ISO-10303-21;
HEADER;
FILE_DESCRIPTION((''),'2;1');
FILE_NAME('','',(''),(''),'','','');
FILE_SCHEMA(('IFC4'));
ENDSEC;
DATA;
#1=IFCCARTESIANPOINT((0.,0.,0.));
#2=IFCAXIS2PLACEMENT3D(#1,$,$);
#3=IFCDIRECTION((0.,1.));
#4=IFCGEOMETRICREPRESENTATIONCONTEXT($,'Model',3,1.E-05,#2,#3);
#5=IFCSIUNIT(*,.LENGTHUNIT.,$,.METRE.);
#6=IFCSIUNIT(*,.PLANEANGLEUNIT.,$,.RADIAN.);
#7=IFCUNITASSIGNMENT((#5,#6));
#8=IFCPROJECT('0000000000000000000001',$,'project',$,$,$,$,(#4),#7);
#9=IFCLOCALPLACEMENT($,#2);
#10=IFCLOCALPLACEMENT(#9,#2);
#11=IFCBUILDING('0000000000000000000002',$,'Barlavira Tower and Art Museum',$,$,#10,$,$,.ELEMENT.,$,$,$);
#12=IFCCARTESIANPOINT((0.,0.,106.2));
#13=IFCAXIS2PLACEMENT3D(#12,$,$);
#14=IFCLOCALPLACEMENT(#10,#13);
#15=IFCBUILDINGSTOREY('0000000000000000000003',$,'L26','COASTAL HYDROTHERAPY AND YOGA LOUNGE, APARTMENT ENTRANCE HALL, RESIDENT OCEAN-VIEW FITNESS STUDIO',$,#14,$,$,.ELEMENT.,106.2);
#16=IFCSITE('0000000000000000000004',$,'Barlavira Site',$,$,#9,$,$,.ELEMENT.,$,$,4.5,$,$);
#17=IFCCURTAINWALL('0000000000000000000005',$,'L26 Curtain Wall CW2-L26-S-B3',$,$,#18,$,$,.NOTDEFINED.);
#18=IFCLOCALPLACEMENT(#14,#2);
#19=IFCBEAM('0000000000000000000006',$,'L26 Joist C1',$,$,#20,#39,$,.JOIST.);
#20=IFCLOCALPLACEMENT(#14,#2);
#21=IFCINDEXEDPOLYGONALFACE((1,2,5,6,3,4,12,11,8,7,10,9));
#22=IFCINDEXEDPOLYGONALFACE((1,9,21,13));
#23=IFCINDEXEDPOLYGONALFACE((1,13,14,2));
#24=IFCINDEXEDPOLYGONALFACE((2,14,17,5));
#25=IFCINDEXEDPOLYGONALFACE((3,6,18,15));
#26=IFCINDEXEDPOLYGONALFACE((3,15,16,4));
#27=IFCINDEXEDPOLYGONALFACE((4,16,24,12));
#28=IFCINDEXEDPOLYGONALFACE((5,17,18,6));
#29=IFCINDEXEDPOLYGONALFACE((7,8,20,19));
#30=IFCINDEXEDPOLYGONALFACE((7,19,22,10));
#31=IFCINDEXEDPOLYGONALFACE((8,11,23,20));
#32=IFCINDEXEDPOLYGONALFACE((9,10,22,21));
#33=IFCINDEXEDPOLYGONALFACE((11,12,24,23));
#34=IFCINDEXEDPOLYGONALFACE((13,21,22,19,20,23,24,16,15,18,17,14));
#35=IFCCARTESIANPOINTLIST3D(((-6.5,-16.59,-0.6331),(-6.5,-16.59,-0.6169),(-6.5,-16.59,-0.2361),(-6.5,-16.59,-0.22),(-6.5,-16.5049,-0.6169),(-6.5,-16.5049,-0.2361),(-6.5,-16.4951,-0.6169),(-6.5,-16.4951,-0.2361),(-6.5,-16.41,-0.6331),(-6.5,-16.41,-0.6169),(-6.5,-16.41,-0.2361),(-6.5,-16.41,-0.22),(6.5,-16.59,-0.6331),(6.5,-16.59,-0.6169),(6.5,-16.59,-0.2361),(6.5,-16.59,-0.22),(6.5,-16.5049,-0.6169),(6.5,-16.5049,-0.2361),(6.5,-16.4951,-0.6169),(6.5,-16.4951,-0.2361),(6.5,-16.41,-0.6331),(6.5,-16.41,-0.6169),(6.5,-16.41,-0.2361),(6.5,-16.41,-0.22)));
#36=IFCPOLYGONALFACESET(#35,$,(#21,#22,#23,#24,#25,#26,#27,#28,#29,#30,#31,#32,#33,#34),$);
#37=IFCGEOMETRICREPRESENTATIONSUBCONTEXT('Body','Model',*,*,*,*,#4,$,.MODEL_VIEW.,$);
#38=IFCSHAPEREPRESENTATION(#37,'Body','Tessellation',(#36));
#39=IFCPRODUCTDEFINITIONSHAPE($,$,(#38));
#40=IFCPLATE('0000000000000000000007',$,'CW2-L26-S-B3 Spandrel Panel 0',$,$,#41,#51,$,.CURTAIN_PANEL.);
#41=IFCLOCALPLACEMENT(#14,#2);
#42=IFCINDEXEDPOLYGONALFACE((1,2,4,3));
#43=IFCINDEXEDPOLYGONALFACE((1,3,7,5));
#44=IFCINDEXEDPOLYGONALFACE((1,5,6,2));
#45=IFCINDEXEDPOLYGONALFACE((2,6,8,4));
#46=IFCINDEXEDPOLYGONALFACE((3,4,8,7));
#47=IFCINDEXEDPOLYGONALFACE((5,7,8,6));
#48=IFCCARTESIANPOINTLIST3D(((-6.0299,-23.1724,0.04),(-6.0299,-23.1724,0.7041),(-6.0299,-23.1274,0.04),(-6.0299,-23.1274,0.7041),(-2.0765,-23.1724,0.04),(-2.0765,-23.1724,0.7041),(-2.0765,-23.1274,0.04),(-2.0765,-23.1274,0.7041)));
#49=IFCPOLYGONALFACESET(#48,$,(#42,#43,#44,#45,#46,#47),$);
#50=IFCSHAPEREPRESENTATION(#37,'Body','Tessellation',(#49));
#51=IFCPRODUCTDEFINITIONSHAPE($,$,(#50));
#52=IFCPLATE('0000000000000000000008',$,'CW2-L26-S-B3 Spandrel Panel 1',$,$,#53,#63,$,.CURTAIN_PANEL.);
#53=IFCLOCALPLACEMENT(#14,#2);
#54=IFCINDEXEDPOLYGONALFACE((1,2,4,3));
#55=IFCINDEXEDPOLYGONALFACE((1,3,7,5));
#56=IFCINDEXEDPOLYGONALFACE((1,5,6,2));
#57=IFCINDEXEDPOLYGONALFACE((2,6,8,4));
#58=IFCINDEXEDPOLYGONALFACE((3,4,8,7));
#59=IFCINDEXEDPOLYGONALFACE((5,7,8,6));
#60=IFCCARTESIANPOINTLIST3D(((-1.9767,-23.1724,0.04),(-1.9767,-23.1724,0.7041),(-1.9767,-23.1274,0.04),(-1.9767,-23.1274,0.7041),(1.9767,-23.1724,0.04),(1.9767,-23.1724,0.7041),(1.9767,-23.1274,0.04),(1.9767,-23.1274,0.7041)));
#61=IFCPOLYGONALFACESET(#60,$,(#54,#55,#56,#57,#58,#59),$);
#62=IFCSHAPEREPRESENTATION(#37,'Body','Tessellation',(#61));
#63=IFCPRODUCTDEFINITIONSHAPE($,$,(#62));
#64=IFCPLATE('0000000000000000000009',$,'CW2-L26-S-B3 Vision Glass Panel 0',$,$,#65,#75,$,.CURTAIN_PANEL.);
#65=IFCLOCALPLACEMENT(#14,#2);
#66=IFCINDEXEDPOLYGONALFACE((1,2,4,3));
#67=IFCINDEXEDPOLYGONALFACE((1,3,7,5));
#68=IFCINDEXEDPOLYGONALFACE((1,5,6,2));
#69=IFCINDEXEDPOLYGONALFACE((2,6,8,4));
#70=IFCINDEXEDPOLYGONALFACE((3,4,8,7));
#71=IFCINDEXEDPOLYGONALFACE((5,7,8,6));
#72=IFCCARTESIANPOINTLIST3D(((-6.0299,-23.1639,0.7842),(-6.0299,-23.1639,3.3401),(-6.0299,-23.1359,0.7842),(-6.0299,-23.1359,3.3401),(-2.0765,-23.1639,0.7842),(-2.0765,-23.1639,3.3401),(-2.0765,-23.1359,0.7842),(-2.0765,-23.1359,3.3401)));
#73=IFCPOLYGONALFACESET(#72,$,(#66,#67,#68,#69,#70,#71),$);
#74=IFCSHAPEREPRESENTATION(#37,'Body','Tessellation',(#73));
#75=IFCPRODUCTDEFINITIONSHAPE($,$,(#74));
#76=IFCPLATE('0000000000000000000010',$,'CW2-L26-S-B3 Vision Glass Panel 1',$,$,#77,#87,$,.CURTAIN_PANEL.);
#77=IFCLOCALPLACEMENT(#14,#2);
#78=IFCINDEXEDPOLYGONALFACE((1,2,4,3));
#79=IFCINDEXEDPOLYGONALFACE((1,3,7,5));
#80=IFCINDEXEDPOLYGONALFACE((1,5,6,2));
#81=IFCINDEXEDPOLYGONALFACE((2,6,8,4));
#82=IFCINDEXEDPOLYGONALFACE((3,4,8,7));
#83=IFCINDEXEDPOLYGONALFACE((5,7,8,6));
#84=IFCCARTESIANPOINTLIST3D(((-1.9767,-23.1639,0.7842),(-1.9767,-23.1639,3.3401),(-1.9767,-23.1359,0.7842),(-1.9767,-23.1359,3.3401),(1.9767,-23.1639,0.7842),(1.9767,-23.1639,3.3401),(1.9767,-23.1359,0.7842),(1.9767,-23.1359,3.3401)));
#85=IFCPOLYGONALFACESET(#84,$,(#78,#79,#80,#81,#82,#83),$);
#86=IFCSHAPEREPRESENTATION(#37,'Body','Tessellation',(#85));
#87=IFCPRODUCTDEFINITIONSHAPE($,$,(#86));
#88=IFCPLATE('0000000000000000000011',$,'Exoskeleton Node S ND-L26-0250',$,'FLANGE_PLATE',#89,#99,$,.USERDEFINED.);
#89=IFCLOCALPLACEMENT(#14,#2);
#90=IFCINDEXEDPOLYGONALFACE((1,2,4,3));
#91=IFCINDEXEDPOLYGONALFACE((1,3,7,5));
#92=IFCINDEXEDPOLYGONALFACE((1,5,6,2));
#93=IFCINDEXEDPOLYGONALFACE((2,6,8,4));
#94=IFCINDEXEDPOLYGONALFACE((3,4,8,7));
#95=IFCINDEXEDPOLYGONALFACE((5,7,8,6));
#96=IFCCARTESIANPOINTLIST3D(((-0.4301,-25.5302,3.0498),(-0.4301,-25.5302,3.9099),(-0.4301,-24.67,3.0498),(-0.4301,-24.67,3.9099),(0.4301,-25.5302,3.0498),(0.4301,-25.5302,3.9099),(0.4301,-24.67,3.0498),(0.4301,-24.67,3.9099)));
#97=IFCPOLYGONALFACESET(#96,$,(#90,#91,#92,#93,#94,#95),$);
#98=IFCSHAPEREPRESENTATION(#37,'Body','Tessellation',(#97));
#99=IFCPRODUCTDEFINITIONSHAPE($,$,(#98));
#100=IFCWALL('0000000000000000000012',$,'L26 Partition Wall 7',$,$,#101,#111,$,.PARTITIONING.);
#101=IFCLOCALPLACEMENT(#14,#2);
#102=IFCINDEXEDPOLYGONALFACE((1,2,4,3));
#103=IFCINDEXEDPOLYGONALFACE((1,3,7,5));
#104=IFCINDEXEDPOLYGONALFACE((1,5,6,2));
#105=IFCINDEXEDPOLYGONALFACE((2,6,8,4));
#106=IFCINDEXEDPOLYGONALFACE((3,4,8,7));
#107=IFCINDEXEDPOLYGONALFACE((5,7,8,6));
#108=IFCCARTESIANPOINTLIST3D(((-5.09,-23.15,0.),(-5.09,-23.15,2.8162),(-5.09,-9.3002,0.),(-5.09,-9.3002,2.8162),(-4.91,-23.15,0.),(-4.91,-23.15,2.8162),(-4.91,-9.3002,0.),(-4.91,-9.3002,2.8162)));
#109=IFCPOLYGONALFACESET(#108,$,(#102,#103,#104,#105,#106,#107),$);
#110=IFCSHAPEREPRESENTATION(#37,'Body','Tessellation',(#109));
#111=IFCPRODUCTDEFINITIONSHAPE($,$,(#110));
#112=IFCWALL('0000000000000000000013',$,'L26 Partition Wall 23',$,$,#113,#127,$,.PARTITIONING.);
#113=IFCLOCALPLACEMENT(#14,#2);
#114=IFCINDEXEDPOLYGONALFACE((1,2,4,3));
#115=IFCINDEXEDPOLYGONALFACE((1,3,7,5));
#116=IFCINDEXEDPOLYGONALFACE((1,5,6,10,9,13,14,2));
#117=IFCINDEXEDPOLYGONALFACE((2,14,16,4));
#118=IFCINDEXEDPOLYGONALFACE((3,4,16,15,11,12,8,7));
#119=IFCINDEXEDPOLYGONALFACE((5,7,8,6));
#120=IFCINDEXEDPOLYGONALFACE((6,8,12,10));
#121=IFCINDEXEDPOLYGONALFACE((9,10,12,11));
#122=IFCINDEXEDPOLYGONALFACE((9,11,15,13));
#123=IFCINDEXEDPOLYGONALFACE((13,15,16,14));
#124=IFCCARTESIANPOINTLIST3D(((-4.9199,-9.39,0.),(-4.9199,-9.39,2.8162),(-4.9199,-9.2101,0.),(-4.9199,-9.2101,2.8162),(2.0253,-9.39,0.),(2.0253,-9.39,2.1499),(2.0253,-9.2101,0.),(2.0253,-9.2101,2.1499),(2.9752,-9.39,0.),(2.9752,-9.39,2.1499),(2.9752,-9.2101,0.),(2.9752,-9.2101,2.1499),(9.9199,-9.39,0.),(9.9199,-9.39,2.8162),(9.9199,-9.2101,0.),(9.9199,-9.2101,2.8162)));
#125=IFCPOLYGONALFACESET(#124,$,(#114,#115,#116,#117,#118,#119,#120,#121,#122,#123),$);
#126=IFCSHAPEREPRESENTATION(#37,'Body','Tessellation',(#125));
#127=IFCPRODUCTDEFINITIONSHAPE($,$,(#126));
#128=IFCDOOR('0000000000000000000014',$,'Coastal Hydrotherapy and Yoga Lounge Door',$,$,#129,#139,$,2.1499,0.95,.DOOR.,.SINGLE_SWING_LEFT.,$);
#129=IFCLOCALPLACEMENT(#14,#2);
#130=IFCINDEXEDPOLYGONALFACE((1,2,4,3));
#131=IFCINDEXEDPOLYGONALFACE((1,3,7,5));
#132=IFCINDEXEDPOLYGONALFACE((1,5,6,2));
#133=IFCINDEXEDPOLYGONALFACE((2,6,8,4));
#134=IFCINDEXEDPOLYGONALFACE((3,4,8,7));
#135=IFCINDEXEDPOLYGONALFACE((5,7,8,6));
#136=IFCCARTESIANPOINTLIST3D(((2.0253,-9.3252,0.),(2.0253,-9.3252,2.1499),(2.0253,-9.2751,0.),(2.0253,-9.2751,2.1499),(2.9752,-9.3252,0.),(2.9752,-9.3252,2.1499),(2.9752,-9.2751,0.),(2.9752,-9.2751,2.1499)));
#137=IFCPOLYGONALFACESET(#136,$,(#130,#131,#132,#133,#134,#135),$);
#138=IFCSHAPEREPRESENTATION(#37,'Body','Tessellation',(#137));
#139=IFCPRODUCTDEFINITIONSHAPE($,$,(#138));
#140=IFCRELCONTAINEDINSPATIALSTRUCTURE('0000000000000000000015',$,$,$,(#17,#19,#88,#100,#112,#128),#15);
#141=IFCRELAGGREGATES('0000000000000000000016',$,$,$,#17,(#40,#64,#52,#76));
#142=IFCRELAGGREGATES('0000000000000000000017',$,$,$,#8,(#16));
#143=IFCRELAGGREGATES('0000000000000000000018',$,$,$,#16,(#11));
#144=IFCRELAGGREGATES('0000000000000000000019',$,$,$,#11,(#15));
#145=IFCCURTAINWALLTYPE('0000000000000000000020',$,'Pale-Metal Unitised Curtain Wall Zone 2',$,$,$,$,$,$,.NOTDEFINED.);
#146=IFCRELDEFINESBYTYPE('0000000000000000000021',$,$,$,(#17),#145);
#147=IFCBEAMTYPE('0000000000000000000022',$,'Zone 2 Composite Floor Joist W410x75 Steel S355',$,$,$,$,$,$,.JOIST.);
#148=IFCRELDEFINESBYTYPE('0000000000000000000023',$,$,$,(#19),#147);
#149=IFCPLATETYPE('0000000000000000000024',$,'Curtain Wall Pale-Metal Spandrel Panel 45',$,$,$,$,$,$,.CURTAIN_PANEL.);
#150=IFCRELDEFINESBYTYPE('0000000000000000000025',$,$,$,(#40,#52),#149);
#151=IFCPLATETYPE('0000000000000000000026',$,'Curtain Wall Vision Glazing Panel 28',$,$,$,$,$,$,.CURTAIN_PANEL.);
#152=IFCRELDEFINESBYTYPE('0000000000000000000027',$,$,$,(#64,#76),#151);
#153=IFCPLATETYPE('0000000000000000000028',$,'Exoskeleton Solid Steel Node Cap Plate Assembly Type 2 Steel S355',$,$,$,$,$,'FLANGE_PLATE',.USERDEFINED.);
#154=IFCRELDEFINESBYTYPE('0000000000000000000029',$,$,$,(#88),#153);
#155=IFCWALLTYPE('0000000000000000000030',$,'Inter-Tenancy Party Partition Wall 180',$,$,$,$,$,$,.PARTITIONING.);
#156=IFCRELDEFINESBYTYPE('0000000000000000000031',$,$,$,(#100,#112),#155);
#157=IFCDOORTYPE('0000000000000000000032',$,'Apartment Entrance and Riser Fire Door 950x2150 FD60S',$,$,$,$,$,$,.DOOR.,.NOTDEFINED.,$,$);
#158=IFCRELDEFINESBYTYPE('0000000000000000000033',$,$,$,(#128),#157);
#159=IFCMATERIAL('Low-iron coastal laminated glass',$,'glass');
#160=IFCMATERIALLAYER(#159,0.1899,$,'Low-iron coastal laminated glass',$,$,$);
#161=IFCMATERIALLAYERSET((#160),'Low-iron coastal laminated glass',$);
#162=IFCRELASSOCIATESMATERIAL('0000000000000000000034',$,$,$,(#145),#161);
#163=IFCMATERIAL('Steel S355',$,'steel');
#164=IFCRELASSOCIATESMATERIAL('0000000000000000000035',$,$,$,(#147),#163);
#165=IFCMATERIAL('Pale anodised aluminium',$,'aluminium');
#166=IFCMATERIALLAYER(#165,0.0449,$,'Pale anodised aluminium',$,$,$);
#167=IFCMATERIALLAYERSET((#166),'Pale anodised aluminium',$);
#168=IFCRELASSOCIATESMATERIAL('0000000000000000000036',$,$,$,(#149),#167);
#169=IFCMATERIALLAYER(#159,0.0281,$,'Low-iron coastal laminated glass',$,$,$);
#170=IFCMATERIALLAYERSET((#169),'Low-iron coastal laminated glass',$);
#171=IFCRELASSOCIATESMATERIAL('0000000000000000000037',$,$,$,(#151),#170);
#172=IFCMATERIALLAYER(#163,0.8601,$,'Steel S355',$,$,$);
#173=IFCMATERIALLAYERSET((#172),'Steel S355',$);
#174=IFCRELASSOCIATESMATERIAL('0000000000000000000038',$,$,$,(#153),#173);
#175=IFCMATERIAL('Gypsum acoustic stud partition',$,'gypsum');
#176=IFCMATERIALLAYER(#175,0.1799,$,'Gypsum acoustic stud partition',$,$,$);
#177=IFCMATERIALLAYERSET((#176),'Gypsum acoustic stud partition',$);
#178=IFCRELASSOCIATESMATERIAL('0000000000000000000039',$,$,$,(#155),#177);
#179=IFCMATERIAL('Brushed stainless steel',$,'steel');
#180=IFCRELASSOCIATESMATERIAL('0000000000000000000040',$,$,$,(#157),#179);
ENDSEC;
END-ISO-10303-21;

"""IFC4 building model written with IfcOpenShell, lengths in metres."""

from ifc_helpers import new_model, si_unit, direction, frame, frame_2d, origin, origin_2d, place, context, subcontext, project, spatial, rectangle, i_section, extrude, material, layer, layer_set, material_profile, profile_set, type_object, element, fill, aggregate, save


model = new_model("IFC4")

# Units and contexts
model_context = context("Model", 3, precision=1e-05, world=origin(), true_north=direction((0.0, 1.0)))
body_context = subcontext(model_context, "Body", "Model", "MODEL_VIEW")
ifc_project = project(units=[si_unit("LENGTHUNIT", "METRE"), si_unit("PLANEANGLEUNIT", "RADIAN")], contexts=[model_context])

# Site, building, storey
site_placement = place(None, origin())
site = spatial("IfcSite", under=ifc_project, at=site_placement, Name="Barlavira Site", CompositionType="ELEMENT", RefElevation=4.5)
building_placement = place(site_placement, origin())
building = spatial("IfcBuilding", under=site, at=building_placement, Name="Barlavira Tower and Art Museum", CompositionType="ELEMENT")
storey_placement = place(building_placement, frame((0.0, 0.0, 106.2)))
storey = spatial("IfcBuildingStorey", under=building, at=storey_placement, Name="L26", Description="COASTAL HYDROTHERAPY AND YOGA LOUNGE, APARTMENT ENTRANCE HALL, RESIDENT OCEAN-VIEW FITNESS STUDIO", CompositionType="ELEMENT", Elevation=106.2)

# Curtain wall
ifc_material_1 = material(Name="Low-iron coastal laminated glass", Category="glass")
ifc_layer_1 = layer(ifc_material_1, 0.1899, Name="Low-iron coastal laminated glass")
ifc_layer_set_1 = layer_set([ifc_layer_1], Name="Low-iron coastal laminated glass")
curtain_wall_type = type_object("IfcCurtainWallType", Name="Pale-Metal Unitised Curtain Wall Zone 2", PredefinedType="NOTDEFINED", material=ifc_layer_set_1)
curtain_wall_placement = place(storey_placement, origin())
curtain_wall = element("IfcCurtainWall", 1, at=curtain_wall_placement, inside=storey, type_object=curtain_wall_type, Name="L26 Curtain Wall CW2-L26-S-B3", PredefinedType="NOTDEFINED")
ifc_material_2 = material(Name="Pale anodised aluminium", Category="aluminium")

# Shared definitions
ifc_material_3 = material(Name="Steel S355", Category="steel")

# Beam
ifc_material_profile_1 = material_profile(ifc_material_3, i_section(OverallWidth=0.1799, OverallDepth=0.4131, WebThickness=0.0098, FlangeThickness=0.0161, at=origin_2d()), Name="W410x75.0")
ifc_profile_set_1 = profile_set([ifc_material_profile_1], Name="Steel S355")
beam_type_1 = type_object("IfcBeamType", Name="Zone 2 Composite Floor Joist W410x75 Steel S355", PredefinedType="JOIST", material=ifc_profile_set_1)
beam_1_placement = place(storey_placement, frame((-6.5, -16.5, -0.4265), z_axis=(1.0, 0.0, 0.0), x_axis=(0.0, 1.0, 0.0)))
element("IfcBeam", 2, at=beam_1_placement, inside=storey, type_object=beam_type_1, Name="L26 Joist C1", PredefinedType="JOIST", context=body_context, shape_type="SweptSolid", body=[
    extrude(i_section(OverallWidth=0.1799, OverallDepth=0.4131, WebThickness=0.0098, FlangeThickness=0.0161, at=origin_2d()), origin(), (0.0, 0.0, 1.0), 13.0),
])

# Plates
ifc_layer_2 = layer(ifc_material_2, 0.0449, Name="Pale anodised aluminium")
ifc_layer_set_2 = layer_set([ifc_layer_2], Name="Pale anodised aluminium")
plate_type_1 = type_object("IfcPlateType", Name="Curtain Wall Pale-Metal Spandrel Panel 45", PredefinedType="CURTAIN_PANEL", material=ifc_layer_set_2)
plate_1_placement = place(storey_placement, frame((-4.0532, -23.1499, 0.04), z_axis=(0.0, 0.0, 1.0), x_axis=(1.0, 0.0, 0.0)))
plate_1 = element("IfcPlate", 3, at=plate_1_placement, type_object=plate_type_1, Name="CW2-L26-S-B3 Spandrel Panel 0", PredefinedType="CURTAIN_PANEL", context=body_context, shape_type="SweptSolid", body=[
    extrude(rectangle(XDim=3.9534, YDim=0.0449, at=origin_2d()), origin(), (0.0, 0.0, 1.0), 0.6641),
])
plate_2_placement = place(storey_placement, frame((0.0, -23.1499, 0.04), z_axis=(0.0, 0.0, 1.0), x_axis=(1.0, 0.0, 0.0)))
plate_2 = element("IfcPlate", 4, at=plate_2_placement, type_object=plate_type_1, Name="CW2-L26-S-B3 Spandrel Panel 1", PredefinedType="CURTAIN_PANEL", context=body_context, shape_type="SweptSolid", body=[
    extrude(rectangle(XDim=3.9534, YDim=0.0449, at=origin_2d()), origin(), (0.0, 0.0, 1.0), 0.6641),
])
ifc_layer_3 = layer(ifc_material_1, 0.0281, Name="Low-iron coastal laminated glass")
ifc_layer_set_3 = layer_set([ifc_layer_3], Name="Low-iron coastal laminated glass")
plate_type_2 = type_object("IfcPlateType", Name="Curtain Wall Vision Glazing Panel 28", PredefinedType="CURTAIN_PANEL", material=ifc_layer_set_3)
plate_3_placement = place(storey_placement, frame((-4.0532, -23.1499, 0.7842), z_axis=(0.0, 0.0, 1.0), x_axis=(1.0, 0.0, 0.0)))
plate_3 = element("IfcPlate", 5, at=plate_3_placement, type_object=plate_type_2, Name="CW2-L26-S-B3 Vision Glass Panel 0", PredefinedType="CURTAIN_PANEL", context=body_context, shape_type="SweptSolid", body=[
    extrude(rectangle(XDim=3.9534, YDim=0.0281, at=origin_2d()), origin(), (0.0, 0.0, 1.0), 2.5559),
])
plate_4_placement = place(storey_placement, frame((0.0, -23.1499, 0.7842), z_axis=(0.0, 0.0, 1.0), x_axis=(1.0, 0.0, 0.0)))
plate_4 = element("IfcPlate", 6, at=plate_4_placement, type_object=plate_type_2, Name="CW2-L26-S-B3 Vision Glass Panel 1", PredefinedType="CURTAIN_PANEL", context=body_context, shape_type="SweptSolid", body=[
    extrude(rectangle(XDim=3.9534, YDim=0.0281, at=origin_2d()), origin(), (0.0, 0.0, 1.0), 2.5559),
])
aggregate(curtain_wall, [plate_1, plate_3, plate_2, plate_4])
ifc_layer_4 = layer(ifc_material_3, 0.8601, Name="Steel S355")
ifc_layer_set_4 = layer_set([ifc_layer_4], Name="Steel S355")
plate_type_3 = type_object("IfcPlateType", Name="Exoskeleton Solid Steel Node Cap Plate Assembly Type 2 Steel S355", ElementType="FLANGE_PLATE", PredefinedType="USERDEFINED", material=ifc_layer_set_4)
plate_5_placement = place(storey_placement, frame((0.0, -25.1001, 3.0498), z_axis=(0.0, 0.0, 1.0), x_axis=(1.0, 0.0, 0.0)))
element("IfcPlate", 7, at=plate_5_placement, inside=storey, type_object=plate_type_3, Name="Exoskeleton Node S ND-L26-0250", ObjectType="FLANGE_PLATE", PredefinedType="USERDEFINED", context=body_context, shape_type="SweptSolid", body=[
    extrude(rectangle(XDim=0.8601, YDim=0.8601, at=origin_2d()), origin(), (0.0, 0.0, 1.0), 0.8601),
])

# Wall
ifc_material_4 = material(Name="Gypsum acoustic stud partition", Category="gypsum")
ifc_layer_5 = layer(ifc_material_4, 0.1799, Name="Gypsum acoustic stud partition")
ifc_layer_set_5 = layer_set([ifc_layer_5], Name="Gypsum acoustic stud partition")
wall_type = type_object("IfcWallType", Name="Inter-Tenancy Party Partition Wall 180", PredefinedType="PARTITIONING", material=ifc_layer_set_5)
wall_1_placement = place(storey_placement, frame((-5.0, -23.1499, 0.0), z_axis=(0.0, 0.0, 1.0), x_axis=(0.0, 1.0, 0.0)))
element("IfcWall", 8, at=wall_1_placement, inside=storey, type_object=wall_type, Name="L26 Partition Wall 7", PredefinedType="PARTITIONING", context=body_context, shape_type="SweptSolid", body=[
    extrude(rectangle(XDim=13.8499, YDim=0.1799, at=frame_2d((6.9248, 0.0))), origin(), (0.0, 0.0, 1.0), 2.8162),
])

# Wall, opening, door
wall_2_placement = place(storey_placement, frame((-4.9199, -9.3, 0.0), z_axis=(0.0, 0.0, 1.0), x_axis=(1.0, 0.0, 0.0)))
wall_2 = element("IfcWall", 9, at=wall_2_placement, inside=storey, type_object=wall_type, Name="L26 Partition Wall 23", PredefinedType="PARTITIONING", context=body_context, shape_type="SweptSolid", body=[
    extrude(rectangle(XDim=14.8398, YDim=0.1799, at=frame_2d((7.4199, 0.0))), origin(), (0.0, 0.0, 1.0), 2.8162),
])
opening_placement = place(wall_2_placement, frame((6.9451, 0.0, 0.0)))
opening = element("IfcOpeningElement", 10, at=opening_placement, cuts=wall_2, PredefinedType="OPENING", context=body_context, shape_type="SweptSolid", body=[
    extrude(rectangle(XDim=0.95, YDim=2.1499, at=frame_2d((0.4751, 1.075))), frame((0.0, 0.1001, 0.0), z_axis=(0.0, -1.0, 0.0), x_axis=(1.0, 0.0, 0.0)), (0.0, 0.0, 1.0), 0.2),
])
ifc_material_5 = material(Name="Brushed stainless steel", Category="steel")
door_type = type_object("IfcDoorType", Name="Apartment Entrance and Riser Fire Door 950x2150 FD60S", OperationType="NOTDEFINED", PredefinedType="DOOR", material=ifc_material_5)
door_placement = place(opening_placement, origin())
door = element("IfcDoor", 11, at=door_placement, inside=storey, type_object=door_type, Name="Coastal Hydrotherapy and Yoga Lounge Door", OperationType="SINGLE_SWING_LEFT", OverallHeight=2.1499, OverallWidth=0.95, PredefinedType="DOOR", context=body_context, shape_type="SweptSolid", body=[
    extrude(rectangle(XDim=0.95, YDim=2.1499, at=frame_2d((0.4751, 1.075))), frame((0.0, 0.0249, 0.0), z_axis=(0.0, -1.0, 0.0), x_axis=(1.0, 0.0, 0.0)), (0.0, 0.0, 1.0), 0.05),
])
fill(opening, door)

save(model, "model.ifc")
